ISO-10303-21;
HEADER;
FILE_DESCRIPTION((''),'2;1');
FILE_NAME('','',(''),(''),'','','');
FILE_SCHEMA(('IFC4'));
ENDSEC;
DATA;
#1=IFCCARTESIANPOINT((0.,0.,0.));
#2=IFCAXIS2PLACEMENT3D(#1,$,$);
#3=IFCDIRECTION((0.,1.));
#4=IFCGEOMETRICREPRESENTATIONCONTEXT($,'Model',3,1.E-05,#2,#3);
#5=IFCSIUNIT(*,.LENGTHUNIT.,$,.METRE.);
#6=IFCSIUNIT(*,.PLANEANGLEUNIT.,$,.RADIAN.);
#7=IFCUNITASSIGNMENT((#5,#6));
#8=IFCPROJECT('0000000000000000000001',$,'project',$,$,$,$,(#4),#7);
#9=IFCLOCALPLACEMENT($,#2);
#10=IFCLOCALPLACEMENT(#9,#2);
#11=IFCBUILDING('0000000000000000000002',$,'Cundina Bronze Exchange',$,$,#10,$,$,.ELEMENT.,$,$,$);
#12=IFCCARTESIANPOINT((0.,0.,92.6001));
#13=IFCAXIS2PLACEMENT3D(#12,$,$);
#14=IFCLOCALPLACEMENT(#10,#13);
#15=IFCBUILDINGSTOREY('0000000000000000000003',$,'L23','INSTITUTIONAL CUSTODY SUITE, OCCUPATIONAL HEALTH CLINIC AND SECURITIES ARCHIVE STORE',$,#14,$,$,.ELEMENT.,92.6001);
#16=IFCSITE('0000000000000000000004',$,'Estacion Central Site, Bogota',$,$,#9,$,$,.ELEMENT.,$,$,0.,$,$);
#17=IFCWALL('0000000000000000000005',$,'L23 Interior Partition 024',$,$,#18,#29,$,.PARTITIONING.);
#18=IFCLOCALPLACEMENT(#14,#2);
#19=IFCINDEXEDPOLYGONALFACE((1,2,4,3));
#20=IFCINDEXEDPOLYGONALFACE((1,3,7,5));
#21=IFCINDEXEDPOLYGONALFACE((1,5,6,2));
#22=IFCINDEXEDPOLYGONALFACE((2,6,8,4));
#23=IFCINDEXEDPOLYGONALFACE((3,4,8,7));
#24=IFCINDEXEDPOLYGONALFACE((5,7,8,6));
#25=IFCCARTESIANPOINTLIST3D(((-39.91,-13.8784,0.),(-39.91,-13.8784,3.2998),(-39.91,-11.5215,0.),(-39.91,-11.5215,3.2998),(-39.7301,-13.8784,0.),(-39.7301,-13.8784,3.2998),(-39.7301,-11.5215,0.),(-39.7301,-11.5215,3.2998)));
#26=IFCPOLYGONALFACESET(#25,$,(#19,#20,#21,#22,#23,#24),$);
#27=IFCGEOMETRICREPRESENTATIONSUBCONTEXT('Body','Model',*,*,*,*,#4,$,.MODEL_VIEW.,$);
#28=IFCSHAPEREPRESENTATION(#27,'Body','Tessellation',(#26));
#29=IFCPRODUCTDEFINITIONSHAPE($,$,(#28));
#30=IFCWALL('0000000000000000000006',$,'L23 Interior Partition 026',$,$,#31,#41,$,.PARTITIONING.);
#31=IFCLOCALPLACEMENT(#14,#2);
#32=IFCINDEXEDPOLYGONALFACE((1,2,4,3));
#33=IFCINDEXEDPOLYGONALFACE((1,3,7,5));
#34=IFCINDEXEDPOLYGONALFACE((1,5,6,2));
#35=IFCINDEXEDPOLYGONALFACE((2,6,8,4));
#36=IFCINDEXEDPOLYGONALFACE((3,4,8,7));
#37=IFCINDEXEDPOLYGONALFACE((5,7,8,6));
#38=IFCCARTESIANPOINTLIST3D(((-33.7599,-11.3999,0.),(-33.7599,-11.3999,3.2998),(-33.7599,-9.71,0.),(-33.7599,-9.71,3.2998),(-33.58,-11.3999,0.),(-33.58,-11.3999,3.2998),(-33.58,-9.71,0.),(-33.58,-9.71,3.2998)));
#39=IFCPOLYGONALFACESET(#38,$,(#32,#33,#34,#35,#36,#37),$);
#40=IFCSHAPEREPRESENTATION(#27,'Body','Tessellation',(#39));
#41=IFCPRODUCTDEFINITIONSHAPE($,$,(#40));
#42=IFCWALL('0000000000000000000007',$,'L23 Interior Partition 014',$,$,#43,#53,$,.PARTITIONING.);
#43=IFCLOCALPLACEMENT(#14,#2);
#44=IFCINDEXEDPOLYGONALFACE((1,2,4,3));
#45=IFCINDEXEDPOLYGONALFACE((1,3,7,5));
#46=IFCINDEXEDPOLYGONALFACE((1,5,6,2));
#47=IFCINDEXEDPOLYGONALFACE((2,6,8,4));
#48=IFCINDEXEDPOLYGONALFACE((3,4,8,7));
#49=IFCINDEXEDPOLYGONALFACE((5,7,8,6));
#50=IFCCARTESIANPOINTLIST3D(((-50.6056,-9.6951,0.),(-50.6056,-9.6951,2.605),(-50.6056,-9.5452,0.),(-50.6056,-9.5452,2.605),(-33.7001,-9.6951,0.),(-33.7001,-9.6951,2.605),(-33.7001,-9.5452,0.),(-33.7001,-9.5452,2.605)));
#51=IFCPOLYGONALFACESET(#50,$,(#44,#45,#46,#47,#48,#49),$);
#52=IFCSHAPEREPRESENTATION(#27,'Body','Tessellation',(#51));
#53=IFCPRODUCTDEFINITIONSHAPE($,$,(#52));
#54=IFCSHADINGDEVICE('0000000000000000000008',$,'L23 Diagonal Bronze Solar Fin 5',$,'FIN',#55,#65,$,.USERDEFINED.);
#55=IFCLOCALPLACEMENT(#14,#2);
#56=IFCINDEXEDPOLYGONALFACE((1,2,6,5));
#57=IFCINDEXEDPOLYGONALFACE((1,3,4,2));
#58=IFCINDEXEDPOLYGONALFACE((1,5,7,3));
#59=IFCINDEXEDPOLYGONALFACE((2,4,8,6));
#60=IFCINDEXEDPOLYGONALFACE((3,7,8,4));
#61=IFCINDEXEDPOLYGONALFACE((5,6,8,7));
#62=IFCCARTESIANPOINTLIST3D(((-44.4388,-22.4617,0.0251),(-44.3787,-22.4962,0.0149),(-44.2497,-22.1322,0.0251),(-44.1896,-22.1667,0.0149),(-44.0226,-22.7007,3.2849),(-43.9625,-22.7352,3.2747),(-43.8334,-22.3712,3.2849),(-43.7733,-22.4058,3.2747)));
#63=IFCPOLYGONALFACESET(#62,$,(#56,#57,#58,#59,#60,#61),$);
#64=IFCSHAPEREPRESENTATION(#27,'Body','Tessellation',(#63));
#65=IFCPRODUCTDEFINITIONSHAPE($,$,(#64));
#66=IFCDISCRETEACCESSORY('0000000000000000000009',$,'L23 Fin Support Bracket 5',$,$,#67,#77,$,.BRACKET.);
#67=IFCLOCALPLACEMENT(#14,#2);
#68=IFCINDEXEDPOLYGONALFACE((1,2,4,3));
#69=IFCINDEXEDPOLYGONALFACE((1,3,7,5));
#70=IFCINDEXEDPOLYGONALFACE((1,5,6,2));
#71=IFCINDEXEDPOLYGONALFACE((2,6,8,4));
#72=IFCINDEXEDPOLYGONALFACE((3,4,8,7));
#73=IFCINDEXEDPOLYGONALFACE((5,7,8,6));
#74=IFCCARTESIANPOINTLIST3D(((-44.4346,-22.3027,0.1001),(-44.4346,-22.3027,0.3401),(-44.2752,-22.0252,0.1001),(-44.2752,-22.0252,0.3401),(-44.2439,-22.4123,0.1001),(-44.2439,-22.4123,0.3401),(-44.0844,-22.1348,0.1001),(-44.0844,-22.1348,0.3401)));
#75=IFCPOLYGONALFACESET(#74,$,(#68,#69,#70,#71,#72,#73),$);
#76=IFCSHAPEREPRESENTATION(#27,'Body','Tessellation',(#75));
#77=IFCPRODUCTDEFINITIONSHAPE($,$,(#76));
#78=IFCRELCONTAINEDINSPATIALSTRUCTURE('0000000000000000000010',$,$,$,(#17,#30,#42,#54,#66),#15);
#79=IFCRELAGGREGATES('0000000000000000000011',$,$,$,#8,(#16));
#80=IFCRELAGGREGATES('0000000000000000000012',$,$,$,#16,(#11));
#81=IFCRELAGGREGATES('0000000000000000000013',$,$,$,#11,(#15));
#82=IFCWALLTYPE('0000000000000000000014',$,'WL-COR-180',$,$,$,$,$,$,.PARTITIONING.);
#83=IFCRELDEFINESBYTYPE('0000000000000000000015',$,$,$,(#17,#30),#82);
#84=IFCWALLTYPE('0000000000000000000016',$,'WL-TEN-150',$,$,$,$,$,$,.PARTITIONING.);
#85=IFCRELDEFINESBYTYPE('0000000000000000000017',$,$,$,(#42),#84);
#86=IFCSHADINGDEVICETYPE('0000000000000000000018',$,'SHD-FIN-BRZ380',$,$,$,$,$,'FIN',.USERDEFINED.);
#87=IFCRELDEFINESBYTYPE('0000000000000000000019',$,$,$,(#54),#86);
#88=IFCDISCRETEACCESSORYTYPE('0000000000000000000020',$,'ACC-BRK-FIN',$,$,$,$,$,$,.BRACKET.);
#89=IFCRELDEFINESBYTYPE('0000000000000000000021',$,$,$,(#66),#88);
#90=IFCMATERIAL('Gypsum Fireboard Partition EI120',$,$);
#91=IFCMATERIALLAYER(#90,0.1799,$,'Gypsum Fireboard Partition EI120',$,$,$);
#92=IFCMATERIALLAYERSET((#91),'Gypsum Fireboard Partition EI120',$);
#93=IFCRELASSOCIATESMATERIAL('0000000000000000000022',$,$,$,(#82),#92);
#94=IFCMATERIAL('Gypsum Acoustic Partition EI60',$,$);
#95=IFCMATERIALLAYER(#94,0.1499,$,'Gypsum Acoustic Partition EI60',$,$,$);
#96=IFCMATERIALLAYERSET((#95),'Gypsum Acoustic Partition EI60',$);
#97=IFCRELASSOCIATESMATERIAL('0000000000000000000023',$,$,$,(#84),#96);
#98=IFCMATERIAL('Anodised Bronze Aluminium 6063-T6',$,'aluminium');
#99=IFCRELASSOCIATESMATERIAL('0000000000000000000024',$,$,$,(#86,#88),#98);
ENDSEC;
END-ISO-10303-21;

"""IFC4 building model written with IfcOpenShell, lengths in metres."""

from ifc_helpers import new_model, si_unit, direction, frame, frame_2d, origin, origin_2d, place, context, subcontext, project, spatial, rectangle, extrude, material, layer, layer_set, material_profile, profile_set, type_object, element, save


model = new_model("IFC4")

# Units and contexts
model_context = context("Model", 3, precision=1e-05, world=origin(), true_north=direction((0.0, 1.0)))
body_context = subcontext(model_context, "Body", "Model", "MODEL_VIEW")
ifc_project = project(units=[si_unit("LENGTHUNIT", "METRE"), si_unit("PLANEANGLEUNIT", "RADIAN")], contexts=[model_context])

# Site, building, storey
site_placement = place(None, origin())
site = spatial("IfcSite", under=ifc_project, at=site_placement, Name="Estacion Central Site, Bogota", CompositionType="ELEMENT", RefElevation=0.0)
building_placement = place(site_placement, origin())
building = spatial("IfcBuilding", under=site, at=building_placement, Name="Cundina Bronze Exchange", CompositionType="ELEMENT")
storey_placement = place(building_placement, frame((0.0, 0.0, 92.6001)))
storey = spatial("IfcBuildingStorey", under=building, at=storey_placement, Name="L23", Description="INSTITUTIONAL CUSTODY SUITE, OCCUPATIONAL HEALTH CLINIC AND SECURITIES ARCHIVE STORE", CompositionType="ELEMENT", Elevation=92.6001)

# Shared definitions
ifc_material_1 = material(Name="Anodised Bronze Aluminium 6063-T6", Category="aluminium")

# Shared definitions
ifc_material_2 = material(Name="Gypsum Fireboard Partition EI120")
ifc_layer_1 = layer(ifc_material_2, 0.1799, Name="Gypsum Fireboard Partition EI120")
ifc_layer_set_1 = layer_set([ifc_layer_1], Name="Gypsum Fireboard Partition EI120")
wall_type_1 = type_object("IfcWallType", Name="WL-COR-180", PredefinedType="PARTITIONING", material=ifc_layer_set_1)

# Walls
wall_1_placement = place(storey_placement, frame((-39.8201, -11.5215, 0.0), z_axis=(0.0, 0.0, 1.0), x_axis=(0.0, -1.0, 0.0)))
element("IfcWall", 1, at=wall_1_placement, inside=storey, type_object=wall_type_1, Name="L23 Interior Partition 024", PredefinedType="PARTITIONING", context=body_context, shape_type="SweptSolid", body=[
    extrude(rectangle(XDim=2.3569, YDim=0.1799, at=frame_2d((1.1785, 0.0))), origin(), (0.0, 0.0, 1.0), 3.2998),
])
wall_2_placement = place(storey_placement, frame((-33.6699, -9.71, 0.0), z_axis=(0.0, 0.0, 1.0), x_axis=(0.0, -1.0, 0.0)))
element("IfcWall", 2, at=wall_2_placement, inside=storey, type_object=wall_type_1, Name="L23 Interior Partition 026", PredefinedType="PARTITIONING", context=body_context, shape_type="SweptSolid", body=[
    extrude(rectangle(XDim=1.6899, YDim=0.1799, at=frame_2d((0.845, 0.0))), origin(), (0.0, 0.0, 1.0), 3.2998),
])
ifc_material_3 = material(Name="Gypsum Acoustic Partition EI60")
ifc_layer_2 = layer(ifc_material_3, 0.1499, Name="Gypsum Acoustic Partition EI60")
ifc_layer_set_2 = layer_set([ifc_layer_2], Name="Gypsum Acoustic Partition EI60")
wall_type_2 = type_object("IfcWallType", Name="WL-TEN-150", PredefinedType="PARTITIONING", material=ifc_layer_set_2)
wall_3_placement = place(storey_placement, frame((-50.6055, -9.6201, 0.0), z_axis=(0.0, 0.0, 1.0), x_axis=(1.0, 0.0, 0.0)))
element("IfcWall", 3, at=wall_3_placement, inside=storey, type_object=wall_type_2, Name="L23 Interior Partition 014", PredefinedType="PARTITIONING", context=body_context, shape_type="SweptSolid", body=[
    extrude(rectangle(XDim=16.9055, YDim=0.1499, at=frame_2d((8.4526, 0.0))), origin(), (0.0, 0.0, 1.0), 2.605),
])

# Shading device
ifc_material_profile_1 = material_profile(ifc_material_1, rectangle(XDim=0.0701, YDim=0.3799, at=origin_2d()), Name="FIN70X380", Category="aluminium")
ifc_profile_set_1 = profile_set([ifc_material_profile_1], Name="Anodised Bronze Aluminium 6063-T6")
shading_device_type = type_object("IfcShadingDeviceType", Name="SHD-FIN-BRZ380", ElementType="FIN", PredefinedType="USERDEFINED", material=ifc_profile_set_1)
shading_device_placement = place(storey_placement, frame((-44.3142, -22.3142, 0.02), z_axis=(0.126334, -0.07254, 0.989332), x_axis=(-0.857957, 0.492633, 0.145679)))
element("IfcShadingDevice", 4, at=shading_device_placement, inside=storey, type_object=shading_device_type, Name="L23 Diagonal Bronze Solar Fin 5", ObjectType="FIN", PredefinedType="USERDEFINED", context=body_context, shape_type="SweptSolid", body=[
    extrude(rectangle(XDim=0.0701, YDim=0.3799, at=origin_2d()), origin(), (0.0, 0.0, 1.0), 3.2949),
])

# Discrete accessory
discrete_accessory_type = type_object("IfcDiscreteAccessoryType", Name="ACC-BRK-FIN", PredefinedType="BRACKET", material=ifc_material_1)
discrete_accessory_placement = place(storey_placement, frame((-44.2595, -22.2188, 0.1001), z_axis=(0.0, 0.0, 1.0), x_axis=(0.867105, -0.498125, 0.0)))
element("IfcDiscreteAccessory", 5, at=discrete_accessory_placement, inside=storey, type_object=discrete_accessory_type, Name="L23 Fin Support Bracket 5", PredefinedType="BRACKET", context=body_context, shape_type="SweptSolid", body=[
    extrude(rectangle(XDim=0.22, YDim=0.3201, at=origin_2d()), origin(), (0.0, 0.0, 1.0), 0.24),
])

save(model, "model.ifc")
